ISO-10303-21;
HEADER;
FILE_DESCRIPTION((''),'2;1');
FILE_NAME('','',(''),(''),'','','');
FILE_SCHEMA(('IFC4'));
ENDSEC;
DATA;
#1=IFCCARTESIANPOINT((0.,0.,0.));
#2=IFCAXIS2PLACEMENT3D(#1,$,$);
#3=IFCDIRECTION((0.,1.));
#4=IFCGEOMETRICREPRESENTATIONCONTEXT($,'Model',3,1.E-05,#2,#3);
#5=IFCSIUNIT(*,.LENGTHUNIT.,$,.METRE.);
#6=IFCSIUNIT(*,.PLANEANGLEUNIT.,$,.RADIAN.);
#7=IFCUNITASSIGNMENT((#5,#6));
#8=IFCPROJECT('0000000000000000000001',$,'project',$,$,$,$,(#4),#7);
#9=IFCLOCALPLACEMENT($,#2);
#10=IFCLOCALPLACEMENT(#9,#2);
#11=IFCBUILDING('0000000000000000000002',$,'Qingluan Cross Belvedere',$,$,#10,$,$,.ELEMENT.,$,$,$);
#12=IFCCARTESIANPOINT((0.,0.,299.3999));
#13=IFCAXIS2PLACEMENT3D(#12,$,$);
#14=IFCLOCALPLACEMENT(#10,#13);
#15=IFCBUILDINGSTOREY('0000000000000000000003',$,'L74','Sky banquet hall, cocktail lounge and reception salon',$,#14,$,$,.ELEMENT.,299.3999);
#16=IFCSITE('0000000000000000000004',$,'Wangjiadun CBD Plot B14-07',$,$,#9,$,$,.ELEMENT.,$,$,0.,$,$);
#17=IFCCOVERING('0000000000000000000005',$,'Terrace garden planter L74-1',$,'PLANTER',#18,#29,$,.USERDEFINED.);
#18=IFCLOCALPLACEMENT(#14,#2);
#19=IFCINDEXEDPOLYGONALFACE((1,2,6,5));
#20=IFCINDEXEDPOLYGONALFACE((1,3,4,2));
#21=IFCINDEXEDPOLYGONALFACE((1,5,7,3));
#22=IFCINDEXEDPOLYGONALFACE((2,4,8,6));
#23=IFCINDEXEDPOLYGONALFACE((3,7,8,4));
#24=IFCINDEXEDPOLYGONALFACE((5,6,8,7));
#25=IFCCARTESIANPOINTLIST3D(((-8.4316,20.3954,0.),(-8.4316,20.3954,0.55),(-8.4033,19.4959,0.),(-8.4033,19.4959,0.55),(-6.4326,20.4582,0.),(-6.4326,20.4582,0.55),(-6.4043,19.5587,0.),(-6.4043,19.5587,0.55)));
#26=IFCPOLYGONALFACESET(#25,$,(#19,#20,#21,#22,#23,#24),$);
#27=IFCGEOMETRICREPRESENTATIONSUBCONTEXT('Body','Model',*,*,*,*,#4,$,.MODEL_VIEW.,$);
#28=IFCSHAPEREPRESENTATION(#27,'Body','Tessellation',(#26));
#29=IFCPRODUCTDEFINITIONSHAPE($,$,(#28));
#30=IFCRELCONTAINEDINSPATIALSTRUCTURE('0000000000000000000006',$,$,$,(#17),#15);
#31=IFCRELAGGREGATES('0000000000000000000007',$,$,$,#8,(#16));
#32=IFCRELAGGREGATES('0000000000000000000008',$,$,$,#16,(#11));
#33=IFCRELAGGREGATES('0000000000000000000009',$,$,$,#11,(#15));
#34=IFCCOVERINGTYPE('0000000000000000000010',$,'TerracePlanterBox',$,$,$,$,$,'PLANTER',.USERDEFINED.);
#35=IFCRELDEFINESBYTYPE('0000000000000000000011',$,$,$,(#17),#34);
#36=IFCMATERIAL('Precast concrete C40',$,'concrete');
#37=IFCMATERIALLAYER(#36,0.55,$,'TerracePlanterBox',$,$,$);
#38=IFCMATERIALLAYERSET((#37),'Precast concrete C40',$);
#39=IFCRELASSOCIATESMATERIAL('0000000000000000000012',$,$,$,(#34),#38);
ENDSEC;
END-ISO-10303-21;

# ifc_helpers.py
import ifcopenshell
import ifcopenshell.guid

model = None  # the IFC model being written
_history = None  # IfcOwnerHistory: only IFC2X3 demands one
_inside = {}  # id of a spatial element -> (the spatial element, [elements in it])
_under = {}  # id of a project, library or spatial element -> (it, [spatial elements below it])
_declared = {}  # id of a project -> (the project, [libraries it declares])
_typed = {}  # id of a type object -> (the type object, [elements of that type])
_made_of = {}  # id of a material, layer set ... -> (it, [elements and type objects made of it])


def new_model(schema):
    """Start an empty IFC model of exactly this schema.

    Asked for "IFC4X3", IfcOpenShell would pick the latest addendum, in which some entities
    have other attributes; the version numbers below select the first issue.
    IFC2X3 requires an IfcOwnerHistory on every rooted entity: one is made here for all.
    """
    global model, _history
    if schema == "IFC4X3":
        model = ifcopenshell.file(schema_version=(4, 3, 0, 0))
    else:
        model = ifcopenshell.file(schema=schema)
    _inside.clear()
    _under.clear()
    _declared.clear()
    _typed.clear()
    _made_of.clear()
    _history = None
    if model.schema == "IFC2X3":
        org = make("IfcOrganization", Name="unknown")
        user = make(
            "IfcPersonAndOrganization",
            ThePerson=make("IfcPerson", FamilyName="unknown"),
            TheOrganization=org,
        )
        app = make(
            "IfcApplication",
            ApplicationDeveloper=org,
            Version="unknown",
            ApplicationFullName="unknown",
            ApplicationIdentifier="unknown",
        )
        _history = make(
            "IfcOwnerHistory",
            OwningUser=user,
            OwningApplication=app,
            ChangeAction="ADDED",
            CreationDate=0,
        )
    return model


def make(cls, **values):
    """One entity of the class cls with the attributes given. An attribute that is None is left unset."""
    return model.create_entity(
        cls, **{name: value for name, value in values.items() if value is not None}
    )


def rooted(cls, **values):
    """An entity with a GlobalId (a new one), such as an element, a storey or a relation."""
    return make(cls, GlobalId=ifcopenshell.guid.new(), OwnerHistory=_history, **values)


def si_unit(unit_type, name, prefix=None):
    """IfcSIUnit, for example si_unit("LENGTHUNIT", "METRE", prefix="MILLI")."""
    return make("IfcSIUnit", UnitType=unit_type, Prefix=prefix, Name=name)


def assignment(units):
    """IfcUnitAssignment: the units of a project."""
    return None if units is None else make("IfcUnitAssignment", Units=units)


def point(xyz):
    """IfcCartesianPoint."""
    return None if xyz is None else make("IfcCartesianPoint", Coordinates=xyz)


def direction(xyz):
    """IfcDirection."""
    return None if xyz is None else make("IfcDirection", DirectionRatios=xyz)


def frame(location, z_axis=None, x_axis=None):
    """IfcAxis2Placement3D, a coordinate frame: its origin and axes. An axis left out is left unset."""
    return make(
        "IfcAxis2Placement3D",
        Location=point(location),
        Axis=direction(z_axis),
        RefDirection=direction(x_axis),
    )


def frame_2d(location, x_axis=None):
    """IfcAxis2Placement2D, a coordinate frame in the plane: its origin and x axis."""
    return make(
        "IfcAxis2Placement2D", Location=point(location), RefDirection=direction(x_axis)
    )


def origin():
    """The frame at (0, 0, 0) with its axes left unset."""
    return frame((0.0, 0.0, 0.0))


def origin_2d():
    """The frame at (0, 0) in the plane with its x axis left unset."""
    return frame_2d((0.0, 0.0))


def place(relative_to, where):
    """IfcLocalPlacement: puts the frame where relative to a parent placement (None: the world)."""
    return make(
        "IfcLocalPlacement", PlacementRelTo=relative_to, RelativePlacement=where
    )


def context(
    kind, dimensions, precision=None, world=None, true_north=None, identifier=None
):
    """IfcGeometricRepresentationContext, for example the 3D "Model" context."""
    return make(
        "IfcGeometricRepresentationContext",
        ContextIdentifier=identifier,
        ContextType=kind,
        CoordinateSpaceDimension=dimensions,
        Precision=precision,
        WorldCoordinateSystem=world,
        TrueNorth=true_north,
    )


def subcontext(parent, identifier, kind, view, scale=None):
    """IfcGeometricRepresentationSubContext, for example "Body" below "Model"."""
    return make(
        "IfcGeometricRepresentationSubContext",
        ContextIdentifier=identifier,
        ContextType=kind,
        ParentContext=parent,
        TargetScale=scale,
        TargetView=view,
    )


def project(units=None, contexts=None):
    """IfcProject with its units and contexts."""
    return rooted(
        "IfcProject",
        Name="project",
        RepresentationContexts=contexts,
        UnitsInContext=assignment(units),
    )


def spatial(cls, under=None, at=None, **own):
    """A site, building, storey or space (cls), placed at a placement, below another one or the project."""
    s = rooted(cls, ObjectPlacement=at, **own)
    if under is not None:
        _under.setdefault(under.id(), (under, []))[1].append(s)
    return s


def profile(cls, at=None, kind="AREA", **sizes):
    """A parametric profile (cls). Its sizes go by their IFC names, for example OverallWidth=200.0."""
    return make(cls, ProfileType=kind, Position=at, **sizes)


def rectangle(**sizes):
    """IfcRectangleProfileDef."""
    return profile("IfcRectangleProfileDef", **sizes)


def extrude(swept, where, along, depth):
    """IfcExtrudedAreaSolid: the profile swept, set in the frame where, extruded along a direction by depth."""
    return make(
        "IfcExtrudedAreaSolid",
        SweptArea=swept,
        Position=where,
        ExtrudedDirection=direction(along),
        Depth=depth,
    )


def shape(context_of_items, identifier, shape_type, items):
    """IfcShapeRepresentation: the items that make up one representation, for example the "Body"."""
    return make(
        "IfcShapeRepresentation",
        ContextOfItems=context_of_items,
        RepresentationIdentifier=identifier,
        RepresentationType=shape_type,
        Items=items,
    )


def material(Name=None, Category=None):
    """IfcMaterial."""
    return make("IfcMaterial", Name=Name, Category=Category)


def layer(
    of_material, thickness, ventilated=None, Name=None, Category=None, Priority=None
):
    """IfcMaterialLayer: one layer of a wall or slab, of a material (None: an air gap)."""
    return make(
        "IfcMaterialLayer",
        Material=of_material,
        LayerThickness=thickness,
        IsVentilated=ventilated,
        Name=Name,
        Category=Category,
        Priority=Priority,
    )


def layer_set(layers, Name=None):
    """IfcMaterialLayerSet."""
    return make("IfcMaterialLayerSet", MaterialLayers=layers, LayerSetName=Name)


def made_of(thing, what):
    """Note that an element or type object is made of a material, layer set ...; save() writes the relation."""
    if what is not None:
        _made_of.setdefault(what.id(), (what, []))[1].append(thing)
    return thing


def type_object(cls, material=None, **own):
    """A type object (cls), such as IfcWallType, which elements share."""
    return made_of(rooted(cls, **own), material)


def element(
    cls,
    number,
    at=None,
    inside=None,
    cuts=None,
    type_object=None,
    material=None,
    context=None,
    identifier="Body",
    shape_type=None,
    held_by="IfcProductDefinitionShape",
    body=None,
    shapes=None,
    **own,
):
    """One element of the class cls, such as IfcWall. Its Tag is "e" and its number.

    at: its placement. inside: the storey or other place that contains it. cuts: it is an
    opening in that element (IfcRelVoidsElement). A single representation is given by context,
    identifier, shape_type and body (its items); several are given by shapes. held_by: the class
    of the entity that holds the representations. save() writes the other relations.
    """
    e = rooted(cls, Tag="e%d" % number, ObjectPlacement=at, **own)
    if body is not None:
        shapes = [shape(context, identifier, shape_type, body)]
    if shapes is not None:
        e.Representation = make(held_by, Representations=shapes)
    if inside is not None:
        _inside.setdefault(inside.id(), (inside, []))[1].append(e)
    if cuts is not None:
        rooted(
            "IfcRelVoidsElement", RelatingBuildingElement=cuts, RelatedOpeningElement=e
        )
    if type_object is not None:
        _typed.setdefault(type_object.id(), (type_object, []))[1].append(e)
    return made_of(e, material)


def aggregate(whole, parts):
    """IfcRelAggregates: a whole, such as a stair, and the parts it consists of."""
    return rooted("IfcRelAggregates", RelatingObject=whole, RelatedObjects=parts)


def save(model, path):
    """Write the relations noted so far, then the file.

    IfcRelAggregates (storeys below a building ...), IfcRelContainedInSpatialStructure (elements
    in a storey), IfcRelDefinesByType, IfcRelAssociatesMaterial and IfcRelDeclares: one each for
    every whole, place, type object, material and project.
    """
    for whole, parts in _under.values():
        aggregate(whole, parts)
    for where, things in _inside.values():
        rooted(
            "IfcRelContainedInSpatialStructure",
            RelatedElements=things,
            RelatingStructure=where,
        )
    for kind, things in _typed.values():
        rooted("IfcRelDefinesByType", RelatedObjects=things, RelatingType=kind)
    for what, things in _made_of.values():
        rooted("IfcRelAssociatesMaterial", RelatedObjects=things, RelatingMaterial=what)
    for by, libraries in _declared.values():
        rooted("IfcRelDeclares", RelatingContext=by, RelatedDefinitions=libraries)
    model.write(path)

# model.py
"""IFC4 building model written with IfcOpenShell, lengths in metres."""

from ifc_helpers import new_model, si_unit, direction, frame, origin, origin_2d, place, context, subcontext, project, spatial, rectangle, extrude, material, layer, layer_set, type_object, element, save


model = new_model("IFC4")

# Units and contexts
model_context = context("Model", 3, precision=1e-05, world=origin(), true_north=direction((0.0, 1.0)))
body_context = subcontext(model_context, "Body", "Model", "MODEL_VIEW")
ifc_project = project(units=[si_unit("LENGTHUNIT", "METRE"), si_unit("PLANEANGLEUNIT", "RADIAN")], contexts=[model_context])

# Site, building, storey
site_placement = place(None, origin())
site = spatial("IfcSite", under=ifc_project, at=site_placement, Name="Wangjiadun CBD Plot B14-07", CompositionType="ELEMENT", RefElevation=0.0)
building_placement = place(site_placement, origin())
building = spatial("IfcBuilding", under=site, at=building_placement, Name="Qingluan Cross Belvedere", CompositionType="ELEMENT")
storey_placement = place(building_placement, frame((0.0, 0.0, 299.3999)))
storey = spatial("IfcBuildingStorey", under=building, at=storey_placement, Name="L74", Description="Sky banquet hall, cocktail lounge and reception salon", CompositionType="ELEMENT", Elevation=299.3999)

# Covering
ifc_material_1 = material(Name="Precast concrete C40", Category="concrete")
ifc_layer_1 = layer(ifc_material_1, 0.55, Name="TerracePlanterBox")
ifc_layer_set_1 = layer_set([ifc_layer_1], Name="Precast concrete C40")
covering_type_1 = type_object("IfcCoveringType", Name="TerracePlanterBox", ElementType="PLANTER", PredefinedType="USERDEFINED", material=ifc_layer_set_1)
covering_placement = place(storey_placement, frame((-7.418, 19.9771, 0.0), z_axis=(0.0, 0.0, 1.0), x_axis=(0.999507, 0.031411, 0.0)))
element("IfcCovering", 1, at=covering_placement, inside=storey, type_object=covering_type_1, Name="Terrace garden planter L74-1", ObjectType="PLANTER", PredefinedType="USERDEFINED", context=body_context, shape_type="SweptSolid", body=[
    extrude(rectangle(XDim=2.0, YDim=0.8999, at=origin_2d()), origin(), (0.0, 0.0, 1.0), 0.55),
])

save(model, "model.ifc")
